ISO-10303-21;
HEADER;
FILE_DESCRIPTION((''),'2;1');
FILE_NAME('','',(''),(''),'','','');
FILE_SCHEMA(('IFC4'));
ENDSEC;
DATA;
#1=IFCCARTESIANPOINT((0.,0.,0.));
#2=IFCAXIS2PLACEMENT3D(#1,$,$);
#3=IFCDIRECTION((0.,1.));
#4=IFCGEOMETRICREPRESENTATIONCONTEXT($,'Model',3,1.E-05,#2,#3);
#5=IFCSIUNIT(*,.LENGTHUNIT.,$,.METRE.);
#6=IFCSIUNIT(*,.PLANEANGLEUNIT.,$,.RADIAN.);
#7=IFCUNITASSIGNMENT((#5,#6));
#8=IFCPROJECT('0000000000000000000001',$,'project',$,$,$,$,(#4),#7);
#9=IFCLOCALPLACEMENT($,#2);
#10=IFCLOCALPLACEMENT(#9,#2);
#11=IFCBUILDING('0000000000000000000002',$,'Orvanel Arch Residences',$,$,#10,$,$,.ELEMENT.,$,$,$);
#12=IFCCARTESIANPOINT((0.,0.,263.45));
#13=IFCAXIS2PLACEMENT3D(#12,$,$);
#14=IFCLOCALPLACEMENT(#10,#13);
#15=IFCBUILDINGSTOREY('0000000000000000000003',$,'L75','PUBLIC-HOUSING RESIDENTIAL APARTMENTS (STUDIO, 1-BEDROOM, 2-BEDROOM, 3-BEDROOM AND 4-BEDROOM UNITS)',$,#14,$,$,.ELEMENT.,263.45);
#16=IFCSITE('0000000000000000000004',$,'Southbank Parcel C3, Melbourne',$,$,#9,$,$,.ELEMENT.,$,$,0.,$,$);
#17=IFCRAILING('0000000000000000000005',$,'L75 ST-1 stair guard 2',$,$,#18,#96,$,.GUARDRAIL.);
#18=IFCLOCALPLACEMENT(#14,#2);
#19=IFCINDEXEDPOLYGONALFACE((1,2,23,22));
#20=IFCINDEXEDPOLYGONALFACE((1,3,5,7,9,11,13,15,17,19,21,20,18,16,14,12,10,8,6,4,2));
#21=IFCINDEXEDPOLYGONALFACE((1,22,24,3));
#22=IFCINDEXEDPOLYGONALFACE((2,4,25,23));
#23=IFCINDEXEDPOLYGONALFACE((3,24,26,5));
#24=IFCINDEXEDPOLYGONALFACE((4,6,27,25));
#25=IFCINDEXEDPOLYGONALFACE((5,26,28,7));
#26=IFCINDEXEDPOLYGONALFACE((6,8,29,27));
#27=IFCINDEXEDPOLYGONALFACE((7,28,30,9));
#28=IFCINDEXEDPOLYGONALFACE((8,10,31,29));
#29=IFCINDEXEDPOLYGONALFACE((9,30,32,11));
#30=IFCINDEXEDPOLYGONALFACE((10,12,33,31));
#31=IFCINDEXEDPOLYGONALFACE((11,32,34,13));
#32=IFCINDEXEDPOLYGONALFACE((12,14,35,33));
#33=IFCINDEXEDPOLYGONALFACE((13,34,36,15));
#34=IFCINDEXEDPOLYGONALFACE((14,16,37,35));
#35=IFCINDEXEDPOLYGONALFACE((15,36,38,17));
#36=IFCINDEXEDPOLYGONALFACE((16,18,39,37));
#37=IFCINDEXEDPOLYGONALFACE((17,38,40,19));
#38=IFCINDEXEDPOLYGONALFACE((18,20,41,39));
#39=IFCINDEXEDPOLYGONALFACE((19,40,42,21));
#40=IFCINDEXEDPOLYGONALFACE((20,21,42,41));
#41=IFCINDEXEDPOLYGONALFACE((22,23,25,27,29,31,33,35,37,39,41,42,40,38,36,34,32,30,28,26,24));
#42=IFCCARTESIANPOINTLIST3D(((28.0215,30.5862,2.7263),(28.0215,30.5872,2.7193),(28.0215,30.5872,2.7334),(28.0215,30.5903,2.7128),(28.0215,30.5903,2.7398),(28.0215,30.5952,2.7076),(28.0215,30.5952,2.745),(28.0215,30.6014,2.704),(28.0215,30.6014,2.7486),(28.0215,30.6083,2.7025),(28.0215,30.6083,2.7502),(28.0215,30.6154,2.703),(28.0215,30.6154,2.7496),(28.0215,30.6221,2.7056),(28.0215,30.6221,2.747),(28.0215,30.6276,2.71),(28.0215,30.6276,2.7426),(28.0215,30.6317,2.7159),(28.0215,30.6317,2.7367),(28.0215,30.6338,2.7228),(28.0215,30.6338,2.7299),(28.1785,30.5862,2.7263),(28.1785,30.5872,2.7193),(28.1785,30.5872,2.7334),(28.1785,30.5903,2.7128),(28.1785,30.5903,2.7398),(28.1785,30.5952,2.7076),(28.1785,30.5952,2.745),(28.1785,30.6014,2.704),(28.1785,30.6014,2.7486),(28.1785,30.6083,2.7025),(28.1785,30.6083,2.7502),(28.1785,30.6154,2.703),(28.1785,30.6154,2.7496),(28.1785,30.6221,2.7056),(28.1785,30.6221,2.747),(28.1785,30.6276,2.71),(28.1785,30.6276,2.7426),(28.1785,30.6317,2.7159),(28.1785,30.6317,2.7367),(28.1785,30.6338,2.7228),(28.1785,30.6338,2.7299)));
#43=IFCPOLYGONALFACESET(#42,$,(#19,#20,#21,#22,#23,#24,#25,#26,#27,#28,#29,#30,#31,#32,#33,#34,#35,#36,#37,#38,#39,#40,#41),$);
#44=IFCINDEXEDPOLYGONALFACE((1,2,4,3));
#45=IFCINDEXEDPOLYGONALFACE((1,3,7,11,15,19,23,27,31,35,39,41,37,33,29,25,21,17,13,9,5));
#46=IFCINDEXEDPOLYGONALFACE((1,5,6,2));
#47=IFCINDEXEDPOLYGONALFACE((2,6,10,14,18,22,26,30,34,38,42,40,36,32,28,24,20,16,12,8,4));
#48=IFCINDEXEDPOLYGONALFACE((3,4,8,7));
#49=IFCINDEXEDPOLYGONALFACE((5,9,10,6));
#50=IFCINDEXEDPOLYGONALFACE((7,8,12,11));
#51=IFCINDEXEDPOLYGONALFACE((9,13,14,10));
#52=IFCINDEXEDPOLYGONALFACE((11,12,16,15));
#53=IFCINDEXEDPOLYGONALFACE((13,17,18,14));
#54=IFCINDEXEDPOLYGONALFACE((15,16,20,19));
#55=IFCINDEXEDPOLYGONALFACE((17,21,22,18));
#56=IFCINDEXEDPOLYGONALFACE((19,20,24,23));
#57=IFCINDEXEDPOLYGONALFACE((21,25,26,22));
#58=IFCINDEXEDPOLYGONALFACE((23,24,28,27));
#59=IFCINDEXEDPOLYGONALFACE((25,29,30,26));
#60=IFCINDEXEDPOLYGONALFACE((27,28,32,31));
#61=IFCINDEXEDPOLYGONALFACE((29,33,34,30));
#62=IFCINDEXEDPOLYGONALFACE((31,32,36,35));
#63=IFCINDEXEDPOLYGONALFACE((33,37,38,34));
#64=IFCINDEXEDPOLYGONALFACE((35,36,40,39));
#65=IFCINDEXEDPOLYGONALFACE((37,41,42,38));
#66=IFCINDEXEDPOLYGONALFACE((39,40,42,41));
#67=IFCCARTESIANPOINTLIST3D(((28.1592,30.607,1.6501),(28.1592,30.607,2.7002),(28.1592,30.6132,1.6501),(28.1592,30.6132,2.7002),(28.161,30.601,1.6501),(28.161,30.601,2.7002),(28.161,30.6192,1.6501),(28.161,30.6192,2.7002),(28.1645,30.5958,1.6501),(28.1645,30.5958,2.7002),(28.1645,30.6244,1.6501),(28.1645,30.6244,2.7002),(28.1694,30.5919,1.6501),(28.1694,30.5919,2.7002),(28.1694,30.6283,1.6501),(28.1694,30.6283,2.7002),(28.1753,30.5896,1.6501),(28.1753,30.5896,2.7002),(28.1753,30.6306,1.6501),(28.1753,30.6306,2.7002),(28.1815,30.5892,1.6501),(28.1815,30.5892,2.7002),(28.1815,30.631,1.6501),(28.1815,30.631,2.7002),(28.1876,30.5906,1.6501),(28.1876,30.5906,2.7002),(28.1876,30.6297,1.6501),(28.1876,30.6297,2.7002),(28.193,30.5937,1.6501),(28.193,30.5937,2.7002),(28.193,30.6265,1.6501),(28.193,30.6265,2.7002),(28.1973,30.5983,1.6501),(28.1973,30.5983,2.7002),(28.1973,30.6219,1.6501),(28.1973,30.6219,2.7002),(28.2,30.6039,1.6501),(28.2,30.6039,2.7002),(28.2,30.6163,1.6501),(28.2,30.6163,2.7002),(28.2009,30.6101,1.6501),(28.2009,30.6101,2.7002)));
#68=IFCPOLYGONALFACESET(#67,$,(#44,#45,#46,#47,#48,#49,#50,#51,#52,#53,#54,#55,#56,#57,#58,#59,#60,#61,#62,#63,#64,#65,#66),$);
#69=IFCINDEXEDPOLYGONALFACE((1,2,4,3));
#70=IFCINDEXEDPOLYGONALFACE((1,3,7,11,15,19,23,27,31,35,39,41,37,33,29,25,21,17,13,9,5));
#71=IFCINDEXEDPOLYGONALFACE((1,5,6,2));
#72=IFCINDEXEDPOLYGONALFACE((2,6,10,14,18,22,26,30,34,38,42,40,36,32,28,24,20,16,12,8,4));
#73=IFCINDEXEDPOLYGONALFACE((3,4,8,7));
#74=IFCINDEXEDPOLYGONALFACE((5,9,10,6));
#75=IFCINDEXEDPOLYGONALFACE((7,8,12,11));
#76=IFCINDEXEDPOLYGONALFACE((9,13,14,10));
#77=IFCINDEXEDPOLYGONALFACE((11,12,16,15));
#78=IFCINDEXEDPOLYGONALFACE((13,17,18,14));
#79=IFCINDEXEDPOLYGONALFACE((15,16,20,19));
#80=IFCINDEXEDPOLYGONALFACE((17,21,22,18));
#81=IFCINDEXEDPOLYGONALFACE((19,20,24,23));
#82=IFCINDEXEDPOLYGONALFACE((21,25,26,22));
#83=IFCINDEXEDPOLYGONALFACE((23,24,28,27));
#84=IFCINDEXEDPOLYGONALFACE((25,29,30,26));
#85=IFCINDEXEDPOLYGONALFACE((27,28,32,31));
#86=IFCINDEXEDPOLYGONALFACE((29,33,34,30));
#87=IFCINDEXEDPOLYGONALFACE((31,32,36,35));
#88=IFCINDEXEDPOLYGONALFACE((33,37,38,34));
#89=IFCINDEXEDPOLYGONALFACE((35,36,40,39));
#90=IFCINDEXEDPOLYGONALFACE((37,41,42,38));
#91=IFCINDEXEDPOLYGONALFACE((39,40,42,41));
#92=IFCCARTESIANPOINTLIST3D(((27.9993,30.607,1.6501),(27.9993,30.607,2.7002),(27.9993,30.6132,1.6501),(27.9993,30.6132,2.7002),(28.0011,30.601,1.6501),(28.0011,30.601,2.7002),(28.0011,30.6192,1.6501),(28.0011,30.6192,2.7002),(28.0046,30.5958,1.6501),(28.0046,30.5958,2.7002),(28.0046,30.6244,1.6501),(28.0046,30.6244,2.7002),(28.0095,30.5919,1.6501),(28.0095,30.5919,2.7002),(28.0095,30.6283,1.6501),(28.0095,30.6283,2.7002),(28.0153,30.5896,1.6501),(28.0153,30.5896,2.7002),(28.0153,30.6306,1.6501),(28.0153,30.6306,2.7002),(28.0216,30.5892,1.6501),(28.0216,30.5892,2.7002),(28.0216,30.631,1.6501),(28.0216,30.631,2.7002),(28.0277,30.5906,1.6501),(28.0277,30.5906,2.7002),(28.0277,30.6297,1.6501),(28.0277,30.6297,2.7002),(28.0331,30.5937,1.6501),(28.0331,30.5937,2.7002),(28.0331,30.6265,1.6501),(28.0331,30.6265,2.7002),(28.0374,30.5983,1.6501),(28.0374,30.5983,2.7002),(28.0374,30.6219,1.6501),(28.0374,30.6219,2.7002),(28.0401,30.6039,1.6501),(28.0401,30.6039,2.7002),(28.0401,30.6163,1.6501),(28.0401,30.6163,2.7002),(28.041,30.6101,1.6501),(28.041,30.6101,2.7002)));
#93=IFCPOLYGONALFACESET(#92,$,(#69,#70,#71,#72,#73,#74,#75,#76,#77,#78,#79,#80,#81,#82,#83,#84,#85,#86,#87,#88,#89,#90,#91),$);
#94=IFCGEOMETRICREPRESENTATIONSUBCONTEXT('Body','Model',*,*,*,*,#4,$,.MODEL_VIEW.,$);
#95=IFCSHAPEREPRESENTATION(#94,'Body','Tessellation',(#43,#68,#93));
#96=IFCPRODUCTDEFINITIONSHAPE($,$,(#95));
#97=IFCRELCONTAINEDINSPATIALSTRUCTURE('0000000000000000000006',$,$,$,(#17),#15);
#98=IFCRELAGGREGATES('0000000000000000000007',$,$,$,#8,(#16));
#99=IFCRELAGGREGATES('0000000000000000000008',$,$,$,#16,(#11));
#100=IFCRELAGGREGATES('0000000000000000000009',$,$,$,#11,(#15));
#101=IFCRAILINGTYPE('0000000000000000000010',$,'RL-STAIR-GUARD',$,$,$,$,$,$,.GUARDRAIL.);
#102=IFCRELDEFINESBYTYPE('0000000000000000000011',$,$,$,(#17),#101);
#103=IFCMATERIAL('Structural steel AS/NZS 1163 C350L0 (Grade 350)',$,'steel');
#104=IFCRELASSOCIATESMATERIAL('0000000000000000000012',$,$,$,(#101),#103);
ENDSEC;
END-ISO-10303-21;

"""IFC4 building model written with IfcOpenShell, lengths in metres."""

from ifc_helpers import new_model, si_unit, direction, frame, origin, origin_2d, place, context, subcontext, project, spatial, circle, extrude, material, type_object, element, save


model = new_model("IFC4")

# Units and contexts
model_context = context("Model", 3, precision=1e-05, world=origin(), true_north=direction((0.0, 1.0)))
body_context = subcontext(model_context, "Body", "Model", "MODEL_VIEW")
ifc_project = project(units=[si_unit("LENGTHUNIT", "METRE"), si_unit("PLANEANGLEUNIT", "RADIAN")], contexts=[model_context])

# Site, building, storey
site_placement = place(None, origin())
site = spatial("IfcSite", under=ifc_project, at=site_placement, Name="Southbank Parcel C3, Melbourne", CompositionType="ELEMENT", RefElevation=0.0)
building_placement = place(site_placement, origin())
building = spatial("IfcBuilding", under=site, at=building_placement, Name="Orvanel Arch Residences", CompositionType="ELEMENT")
storey_placement = place(building_placement, frame((0.0, 0.0, 263.45)))
storey = spatial("IfcBuildingStorey", under=building, at=storey_placement, Name="L75", Description="PUBLIC-HOUSING RESIDENTIAL APARTMENTS (STUDIO, 1-BEDROOM, 2-BEDROOM, 3-BEDROOM AND 4-BEDROOM UNITS)", CompositionType="ELEMENT", Elevation=263.45)

# Railing
ifc_material_1 = material(Name="Structural steel AS/NZS 1163 C350L0 (Grade 350)", Category="steel")
railing_type_1 = type_object("IfcRailingType", Name="RL-STAIR-GUARD", PredefinedType="GUARDRAIL", material=ifc_material_1)
railing_1_placement = place(storey_placement, frame((28.1799, 30.6101, 1.6501)))
element("IfcRailing", 1, at=railing_1_placement, inside=storey, type_object=railing_type_1, Name="L75 ST-1 stair guard 2", PredefinedType="GUARDRAIL", context=body_context, shape_type="SweptSolid", body=[
    extrude(circle(Radius=0.0239, at=origin_2d()), frame((-0.0015, 0.0, 1.0762), z_axis=(-1.0, 0.0, 0.0), x_axis=(0.0, -1.0, 0.0)), (0.0, 0.0, 1.0), 0.157),
    extrude(circle(Radius=0.021, at=origin_2d()), origin(), (0.0, 0.0, 1.0), 1.05),
    extrude(circle(Radius=0.021, at=origin_2d()), frame((-0.1599, 0.0, 0.0)), (0.0, 0.0, 1.0), 1.05),
])

save(model, "model.ifc")
